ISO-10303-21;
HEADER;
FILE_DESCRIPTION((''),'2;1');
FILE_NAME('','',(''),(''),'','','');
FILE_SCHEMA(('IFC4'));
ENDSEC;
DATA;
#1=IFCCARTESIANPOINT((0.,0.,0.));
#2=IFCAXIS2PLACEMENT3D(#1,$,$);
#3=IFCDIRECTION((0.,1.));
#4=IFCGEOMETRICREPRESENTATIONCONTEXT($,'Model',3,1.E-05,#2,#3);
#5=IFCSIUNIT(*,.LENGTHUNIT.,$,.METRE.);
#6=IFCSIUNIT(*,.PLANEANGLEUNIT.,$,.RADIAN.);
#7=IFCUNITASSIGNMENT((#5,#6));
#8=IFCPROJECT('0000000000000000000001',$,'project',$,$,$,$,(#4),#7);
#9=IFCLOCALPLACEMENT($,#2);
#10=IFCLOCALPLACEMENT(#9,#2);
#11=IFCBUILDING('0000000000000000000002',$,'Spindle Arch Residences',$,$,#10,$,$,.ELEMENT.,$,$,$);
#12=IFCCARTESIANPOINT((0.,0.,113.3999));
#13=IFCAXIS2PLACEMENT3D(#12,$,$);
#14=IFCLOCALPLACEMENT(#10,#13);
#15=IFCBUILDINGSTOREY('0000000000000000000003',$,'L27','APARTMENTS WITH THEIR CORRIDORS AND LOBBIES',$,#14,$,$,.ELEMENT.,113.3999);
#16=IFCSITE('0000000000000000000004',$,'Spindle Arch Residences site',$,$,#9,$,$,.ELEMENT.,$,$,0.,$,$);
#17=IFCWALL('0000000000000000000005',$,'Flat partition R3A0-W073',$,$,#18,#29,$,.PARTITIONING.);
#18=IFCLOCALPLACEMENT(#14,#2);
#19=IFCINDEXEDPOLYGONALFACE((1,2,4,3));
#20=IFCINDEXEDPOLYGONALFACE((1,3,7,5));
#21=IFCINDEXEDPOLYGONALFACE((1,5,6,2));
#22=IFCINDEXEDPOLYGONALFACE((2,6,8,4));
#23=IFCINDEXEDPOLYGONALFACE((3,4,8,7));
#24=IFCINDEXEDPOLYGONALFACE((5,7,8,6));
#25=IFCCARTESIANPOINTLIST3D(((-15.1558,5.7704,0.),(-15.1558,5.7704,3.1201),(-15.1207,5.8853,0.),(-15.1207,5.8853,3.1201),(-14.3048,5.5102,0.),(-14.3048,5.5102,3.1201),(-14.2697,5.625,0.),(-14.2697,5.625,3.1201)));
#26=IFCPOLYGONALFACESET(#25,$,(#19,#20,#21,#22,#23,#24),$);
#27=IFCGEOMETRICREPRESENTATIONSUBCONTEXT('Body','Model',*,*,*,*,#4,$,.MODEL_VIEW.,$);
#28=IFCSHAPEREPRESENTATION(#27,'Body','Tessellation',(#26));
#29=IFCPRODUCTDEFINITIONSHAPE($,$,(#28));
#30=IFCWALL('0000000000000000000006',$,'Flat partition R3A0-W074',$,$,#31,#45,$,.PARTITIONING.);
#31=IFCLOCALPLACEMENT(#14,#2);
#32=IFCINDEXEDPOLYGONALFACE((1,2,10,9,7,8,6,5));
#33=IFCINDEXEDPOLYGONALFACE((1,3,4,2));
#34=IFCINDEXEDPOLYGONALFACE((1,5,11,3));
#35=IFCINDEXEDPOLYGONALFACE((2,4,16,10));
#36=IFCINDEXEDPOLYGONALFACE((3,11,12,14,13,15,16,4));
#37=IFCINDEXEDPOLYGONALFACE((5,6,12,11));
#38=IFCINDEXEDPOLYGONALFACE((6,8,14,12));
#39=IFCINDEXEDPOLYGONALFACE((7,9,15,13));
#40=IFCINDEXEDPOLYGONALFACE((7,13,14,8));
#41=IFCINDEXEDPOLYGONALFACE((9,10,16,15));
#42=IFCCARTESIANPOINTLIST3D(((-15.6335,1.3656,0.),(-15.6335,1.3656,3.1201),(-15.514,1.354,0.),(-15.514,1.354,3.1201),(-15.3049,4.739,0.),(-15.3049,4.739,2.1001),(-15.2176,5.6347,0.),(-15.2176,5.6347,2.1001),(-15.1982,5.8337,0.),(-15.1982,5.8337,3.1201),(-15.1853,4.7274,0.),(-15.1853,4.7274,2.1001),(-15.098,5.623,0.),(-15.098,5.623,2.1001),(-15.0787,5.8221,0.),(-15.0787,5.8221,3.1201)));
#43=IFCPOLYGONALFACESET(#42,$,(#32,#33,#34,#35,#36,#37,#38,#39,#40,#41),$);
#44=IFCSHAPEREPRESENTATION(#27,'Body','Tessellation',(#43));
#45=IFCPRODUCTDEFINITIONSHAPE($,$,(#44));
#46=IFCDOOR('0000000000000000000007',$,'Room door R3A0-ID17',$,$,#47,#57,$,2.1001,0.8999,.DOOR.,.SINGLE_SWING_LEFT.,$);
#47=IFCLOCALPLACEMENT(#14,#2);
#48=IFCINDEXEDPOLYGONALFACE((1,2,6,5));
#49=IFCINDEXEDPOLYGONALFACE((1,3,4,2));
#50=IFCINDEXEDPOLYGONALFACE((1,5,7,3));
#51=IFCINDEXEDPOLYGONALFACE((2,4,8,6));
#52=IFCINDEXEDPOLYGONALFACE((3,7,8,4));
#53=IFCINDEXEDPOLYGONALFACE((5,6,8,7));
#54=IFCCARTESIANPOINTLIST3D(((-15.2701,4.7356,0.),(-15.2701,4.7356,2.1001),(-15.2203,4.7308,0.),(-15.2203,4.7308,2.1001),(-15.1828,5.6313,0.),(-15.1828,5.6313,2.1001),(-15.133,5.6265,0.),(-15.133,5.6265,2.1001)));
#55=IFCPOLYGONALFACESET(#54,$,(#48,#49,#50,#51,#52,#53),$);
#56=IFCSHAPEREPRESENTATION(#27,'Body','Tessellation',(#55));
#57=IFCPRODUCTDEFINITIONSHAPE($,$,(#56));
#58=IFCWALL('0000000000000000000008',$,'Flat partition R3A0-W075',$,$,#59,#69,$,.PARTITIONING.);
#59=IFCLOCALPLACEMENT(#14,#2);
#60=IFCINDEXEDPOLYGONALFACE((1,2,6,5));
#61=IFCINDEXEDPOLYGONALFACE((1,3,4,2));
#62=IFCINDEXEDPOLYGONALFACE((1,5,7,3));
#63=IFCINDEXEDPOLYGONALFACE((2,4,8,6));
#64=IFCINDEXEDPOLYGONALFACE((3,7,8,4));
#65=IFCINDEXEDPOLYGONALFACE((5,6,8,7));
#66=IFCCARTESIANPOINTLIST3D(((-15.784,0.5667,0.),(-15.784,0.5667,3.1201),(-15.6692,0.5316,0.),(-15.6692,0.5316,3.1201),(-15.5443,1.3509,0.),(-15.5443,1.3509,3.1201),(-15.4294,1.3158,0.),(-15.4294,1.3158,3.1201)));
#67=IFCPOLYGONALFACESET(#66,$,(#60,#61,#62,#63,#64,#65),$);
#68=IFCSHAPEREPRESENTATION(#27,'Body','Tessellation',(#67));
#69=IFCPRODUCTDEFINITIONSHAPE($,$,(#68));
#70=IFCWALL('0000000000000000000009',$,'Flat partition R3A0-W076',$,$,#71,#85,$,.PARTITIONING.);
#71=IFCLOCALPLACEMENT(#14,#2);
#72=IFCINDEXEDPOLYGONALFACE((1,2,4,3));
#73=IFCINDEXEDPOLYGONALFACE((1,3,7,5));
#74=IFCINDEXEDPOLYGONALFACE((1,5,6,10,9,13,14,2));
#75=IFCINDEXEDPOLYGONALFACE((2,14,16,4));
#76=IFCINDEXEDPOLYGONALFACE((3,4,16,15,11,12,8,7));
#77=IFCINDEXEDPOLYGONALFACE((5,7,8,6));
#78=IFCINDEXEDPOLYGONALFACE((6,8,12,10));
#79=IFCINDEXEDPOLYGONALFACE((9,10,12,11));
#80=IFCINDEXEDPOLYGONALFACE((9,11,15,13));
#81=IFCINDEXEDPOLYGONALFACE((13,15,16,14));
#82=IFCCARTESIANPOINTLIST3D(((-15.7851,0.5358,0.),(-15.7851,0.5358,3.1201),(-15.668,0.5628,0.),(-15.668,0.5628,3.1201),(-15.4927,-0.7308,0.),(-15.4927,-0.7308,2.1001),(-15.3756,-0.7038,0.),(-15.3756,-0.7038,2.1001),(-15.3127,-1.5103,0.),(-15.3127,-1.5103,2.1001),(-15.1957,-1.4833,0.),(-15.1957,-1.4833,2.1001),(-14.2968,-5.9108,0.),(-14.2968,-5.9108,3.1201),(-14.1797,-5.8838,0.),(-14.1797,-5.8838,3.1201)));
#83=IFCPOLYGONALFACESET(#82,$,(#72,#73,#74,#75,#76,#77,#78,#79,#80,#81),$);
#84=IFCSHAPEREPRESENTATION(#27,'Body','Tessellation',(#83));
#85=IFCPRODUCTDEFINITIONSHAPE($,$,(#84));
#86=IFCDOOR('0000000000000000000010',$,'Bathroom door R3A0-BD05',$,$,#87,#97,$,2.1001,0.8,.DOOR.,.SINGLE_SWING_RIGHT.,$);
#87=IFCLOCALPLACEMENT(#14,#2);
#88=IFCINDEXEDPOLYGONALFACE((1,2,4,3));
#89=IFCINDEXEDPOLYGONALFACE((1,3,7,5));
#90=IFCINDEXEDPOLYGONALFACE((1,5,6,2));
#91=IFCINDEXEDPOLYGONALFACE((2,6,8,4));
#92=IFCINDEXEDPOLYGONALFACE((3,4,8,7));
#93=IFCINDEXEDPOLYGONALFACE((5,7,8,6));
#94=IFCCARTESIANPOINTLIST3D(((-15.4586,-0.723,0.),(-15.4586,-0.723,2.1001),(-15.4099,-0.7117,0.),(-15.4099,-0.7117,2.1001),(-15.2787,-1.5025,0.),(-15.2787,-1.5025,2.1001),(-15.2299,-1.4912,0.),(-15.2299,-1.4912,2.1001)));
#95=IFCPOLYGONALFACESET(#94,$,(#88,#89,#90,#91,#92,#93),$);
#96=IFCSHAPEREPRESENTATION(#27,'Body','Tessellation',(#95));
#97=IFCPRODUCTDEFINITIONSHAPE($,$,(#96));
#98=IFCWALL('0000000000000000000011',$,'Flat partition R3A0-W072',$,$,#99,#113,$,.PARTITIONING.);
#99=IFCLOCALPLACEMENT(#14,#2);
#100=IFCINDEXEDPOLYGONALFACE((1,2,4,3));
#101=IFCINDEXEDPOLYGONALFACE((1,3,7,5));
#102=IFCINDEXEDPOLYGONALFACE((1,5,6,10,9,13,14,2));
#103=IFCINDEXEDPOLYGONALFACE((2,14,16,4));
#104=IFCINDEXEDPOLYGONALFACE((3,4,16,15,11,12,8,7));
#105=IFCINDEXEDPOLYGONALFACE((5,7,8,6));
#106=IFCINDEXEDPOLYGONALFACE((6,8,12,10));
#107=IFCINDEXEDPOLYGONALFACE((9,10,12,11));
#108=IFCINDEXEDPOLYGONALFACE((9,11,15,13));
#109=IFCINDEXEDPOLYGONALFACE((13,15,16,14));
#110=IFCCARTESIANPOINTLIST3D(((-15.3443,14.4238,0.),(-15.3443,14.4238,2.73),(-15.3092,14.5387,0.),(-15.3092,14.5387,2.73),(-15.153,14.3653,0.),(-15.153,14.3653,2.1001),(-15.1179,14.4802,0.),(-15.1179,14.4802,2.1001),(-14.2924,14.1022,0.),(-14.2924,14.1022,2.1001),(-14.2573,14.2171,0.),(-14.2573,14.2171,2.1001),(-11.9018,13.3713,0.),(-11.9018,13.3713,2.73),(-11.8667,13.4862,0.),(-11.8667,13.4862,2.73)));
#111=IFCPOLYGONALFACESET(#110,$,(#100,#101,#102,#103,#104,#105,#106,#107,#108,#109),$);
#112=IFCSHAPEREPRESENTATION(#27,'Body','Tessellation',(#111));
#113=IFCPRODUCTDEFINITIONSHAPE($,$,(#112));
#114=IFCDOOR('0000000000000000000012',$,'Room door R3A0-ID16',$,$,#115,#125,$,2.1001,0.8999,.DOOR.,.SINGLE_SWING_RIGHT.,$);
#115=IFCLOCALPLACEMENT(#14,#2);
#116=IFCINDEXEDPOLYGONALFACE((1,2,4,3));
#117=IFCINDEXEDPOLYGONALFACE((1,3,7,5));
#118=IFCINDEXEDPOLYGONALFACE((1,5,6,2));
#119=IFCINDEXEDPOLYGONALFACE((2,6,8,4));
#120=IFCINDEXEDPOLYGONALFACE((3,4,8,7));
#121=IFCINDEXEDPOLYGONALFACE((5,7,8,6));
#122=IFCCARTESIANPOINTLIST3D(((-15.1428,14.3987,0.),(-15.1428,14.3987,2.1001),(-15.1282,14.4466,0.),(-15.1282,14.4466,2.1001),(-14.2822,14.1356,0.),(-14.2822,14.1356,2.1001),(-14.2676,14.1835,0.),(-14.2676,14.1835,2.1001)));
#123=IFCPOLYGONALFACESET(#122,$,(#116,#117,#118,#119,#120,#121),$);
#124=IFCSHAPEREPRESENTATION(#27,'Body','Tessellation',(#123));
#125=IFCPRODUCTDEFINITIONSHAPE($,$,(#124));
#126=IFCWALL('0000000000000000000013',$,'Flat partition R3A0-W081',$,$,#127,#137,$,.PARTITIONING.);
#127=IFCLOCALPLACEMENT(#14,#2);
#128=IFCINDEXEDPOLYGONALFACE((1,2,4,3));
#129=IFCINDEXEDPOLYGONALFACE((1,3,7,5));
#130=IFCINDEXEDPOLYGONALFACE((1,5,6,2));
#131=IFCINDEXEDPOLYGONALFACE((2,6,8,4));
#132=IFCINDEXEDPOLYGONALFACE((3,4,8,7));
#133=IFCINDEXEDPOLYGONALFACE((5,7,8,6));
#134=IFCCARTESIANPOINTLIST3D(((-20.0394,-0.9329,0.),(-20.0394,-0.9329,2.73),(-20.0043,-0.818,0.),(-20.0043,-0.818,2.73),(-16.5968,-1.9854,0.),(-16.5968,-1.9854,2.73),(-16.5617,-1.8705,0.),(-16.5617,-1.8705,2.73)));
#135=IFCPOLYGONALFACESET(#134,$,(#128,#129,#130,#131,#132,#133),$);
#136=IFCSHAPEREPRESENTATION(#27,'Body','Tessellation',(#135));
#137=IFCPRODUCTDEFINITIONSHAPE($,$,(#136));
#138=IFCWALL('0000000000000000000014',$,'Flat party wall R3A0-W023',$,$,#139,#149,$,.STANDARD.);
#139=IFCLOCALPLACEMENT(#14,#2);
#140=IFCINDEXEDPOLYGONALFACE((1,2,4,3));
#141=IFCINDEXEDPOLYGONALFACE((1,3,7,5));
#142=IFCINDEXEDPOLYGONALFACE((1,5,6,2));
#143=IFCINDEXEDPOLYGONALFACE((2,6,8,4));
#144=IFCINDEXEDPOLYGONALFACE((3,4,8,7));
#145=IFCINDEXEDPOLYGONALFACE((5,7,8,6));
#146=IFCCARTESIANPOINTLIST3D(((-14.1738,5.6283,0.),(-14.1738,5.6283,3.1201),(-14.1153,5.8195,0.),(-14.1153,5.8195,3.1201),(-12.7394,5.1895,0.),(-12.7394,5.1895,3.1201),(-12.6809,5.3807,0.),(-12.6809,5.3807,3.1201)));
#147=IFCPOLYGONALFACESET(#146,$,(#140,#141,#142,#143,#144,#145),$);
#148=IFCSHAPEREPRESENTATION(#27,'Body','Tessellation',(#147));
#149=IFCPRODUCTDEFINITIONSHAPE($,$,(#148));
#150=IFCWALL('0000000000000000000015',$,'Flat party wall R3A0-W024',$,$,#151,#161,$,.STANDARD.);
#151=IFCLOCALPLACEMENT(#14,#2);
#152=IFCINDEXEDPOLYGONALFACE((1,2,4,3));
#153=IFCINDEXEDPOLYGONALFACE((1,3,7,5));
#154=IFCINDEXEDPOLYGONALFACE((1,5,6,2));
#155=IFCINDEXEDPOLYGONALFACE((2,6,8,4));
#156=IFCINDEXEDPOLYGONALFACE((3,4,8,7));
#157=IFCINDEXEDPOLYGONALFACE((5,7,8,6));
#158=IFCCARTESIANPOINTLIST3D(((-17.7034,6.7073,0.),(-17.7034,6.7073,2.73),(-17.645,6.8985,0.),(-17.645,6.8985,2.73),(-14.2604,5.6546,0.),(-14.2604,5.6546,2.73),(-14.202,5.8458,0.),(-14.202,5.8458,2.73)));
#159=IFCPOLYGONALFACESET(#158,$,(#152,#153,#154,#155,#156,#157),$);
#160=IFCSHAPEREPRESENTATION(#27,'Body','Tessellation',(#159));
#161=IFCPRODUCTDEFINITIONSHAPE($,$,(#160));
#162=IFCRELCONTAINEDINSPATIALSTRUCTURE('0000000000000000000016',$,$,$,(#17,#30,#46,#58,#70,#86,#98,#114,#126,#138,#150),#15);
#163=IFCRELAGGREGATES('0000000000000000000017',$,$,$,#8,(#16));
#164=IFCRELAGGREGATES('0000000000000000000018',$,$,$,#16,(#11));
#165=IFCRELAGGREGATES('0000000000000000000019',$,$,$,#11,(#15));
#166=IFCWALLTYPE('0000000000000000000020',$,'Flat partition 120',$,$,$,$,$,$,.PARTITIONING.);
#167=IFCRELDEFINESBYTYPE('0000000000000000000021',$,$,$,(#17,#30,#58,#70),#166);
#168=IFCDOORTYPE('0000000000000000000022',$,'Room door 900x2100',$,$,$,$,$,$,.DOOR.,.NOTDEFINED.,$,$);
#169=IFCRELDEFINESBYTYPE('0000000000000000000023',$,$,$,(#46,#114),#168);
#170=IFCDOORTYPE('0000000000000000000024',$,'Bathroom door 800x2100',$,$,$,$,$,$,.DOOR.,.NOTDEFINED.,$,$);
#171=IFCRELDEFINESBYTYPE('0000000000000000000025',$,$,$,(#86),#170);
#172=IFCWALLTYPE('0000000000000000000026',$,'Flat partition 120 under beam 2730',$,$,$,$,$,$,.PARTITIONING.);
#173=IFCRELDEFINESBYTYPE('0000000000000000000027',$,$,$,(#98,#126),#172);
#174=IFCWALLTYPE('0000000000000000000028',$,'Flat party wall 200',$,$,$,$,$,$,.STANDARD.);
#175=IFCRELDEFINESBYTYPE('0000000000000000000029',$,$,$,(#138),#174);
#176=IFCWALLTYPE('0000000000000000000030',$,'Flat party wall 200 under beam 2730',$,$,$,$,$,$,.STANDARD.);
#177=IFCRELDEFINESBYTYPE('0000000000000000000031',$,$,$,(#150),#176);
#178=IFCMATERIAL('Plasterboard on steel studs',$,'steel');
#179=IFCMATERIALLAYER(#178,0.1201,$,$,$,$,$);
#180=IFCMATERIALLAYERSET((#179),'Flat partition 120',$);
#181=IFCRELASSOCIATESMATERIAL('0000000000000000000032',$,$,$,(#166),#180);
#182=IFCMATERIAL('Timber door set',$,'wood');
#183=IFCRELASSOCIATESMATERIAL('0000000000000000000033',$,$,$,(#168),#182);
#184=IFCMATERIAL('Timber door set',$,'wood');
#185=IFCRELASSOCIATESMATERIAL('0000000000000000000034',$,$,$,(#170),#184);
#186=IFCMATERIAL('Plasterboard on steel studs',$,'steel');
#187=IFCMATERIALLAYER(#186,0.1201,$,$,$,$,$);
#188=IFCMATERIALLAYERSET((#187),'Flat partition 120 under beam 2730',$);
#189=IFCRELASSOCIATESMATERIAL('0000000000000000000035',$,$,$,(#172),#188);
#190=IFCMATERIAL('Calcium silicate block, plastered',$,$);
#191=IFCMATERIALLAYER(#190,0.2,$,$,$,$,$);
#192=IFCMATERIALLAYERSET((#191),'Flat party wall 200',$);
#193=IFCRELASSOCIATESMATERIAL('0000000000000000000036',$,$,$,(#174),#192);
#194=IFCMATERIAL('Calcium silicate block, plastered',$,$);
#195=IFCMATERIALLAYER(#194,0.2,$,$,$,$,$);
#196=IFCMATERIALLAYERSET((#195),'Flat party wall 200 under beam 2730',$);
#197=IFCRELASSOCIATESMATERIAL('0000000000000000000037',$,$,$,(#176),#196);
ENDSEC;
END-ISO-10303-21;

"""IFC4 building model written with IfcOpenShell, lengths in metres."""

from ifc_helpers import new_model, si_unit, direction, frame, frame_2d, origin, place, context, subcontext, project, spatial, rectangle, extrude, material, layer, layer_set, type_object, element, fill, save


model = new_model("IFC4")

# Units and contexts
model_context = context("Model", 3, precision=1e-05, world=origin(), true_north=direction((0.0, 1.0)))
body_context = subcontext(model_context, "Body", "Model", "MODEL_VIEW")
ifc_project = project(units=[si_unit("LENGTHUNIT", "METRE"), si_unit("PLANEANGLEUNIT", "RADIAN")], contexts=[model_context])

# Site, building, storey
site_placement = place(None, origin())
site = spatial("IfcSite", under=ifc_project, at=site_placement, Name="Spindle Arch Residences site", CompositionType="ELEMENT", RefElevation=0.0)
building_placement = place(site_placement, origin())
building = spatial("IfcBuilding", under=site, at=building_placement, Name="Spindle Arch Residences", CompositionType="ELEMENT")
storey_placement = place(building_placement, frame((0.0, 0.0, 113.3999)))
storey = spatial("IfcBuildingStorey", under=building, at=storey_placement, Name="L27", Description="APARTMENTS WITH THEIR CORRIDORS AND LOBBIES", CompositionType="ELEMENT", Elevation=113.3999)

# Wall
ifc_material_1 = material(Name="Plasterboard on steel studs", Category="steel")
ifc_layer_1 = layer(ifc_material_1, 0.1201)
ifc_layer_set_1 = layer_set([ifc_layer_1], Name="Flat partition 120")
wall_type_1 = type_object("IfcWallType", Name="Flat partition 120", PredefinedType="PARTITIONING", material=ifc_layer_set_1)
wall_1_placement = place(storey_placement, frame((-14.2874, 5.5676, 0.0), z_axis=(0.0, 0.0, 1.0), x_axis=(-0.956288, 0.292428, 0.0)))
element("IfcWall", 1, at=wall_1_placement, inside=storey, type_object=wall_type_1, Name="Flat partition R3A0-W073", PredefinedType="PARTITIONING", context=body_context, shape_type="SweptSolid", body=[
    extrude(rectangle(XDim=0.8899, YDim=0.1201, at=frame_2d((0.4448, 0.0))), origin(), (0.0, 0.0, 1.0), 3.1201),
])

# Wall, opening, door
wall_2_placement = place(storey_placement, frame((-15.1384, 5.8279, 0.0), z_axis=(0.0, 0.0, 1.0), x_axis=(-0.096967, -0.995288, 0.0)))
wall_2 = element("IfcWall", 2, at=wall_2_placement, inside=storey, type_object=wall_type_1, Name="Flat partition R3A0-W074", PredefinedType="PARTITIONING", context=body_context, shape_type="SweptSolid", body=[
    extrude(rectangle(XDim=4.4893, YDim=0.1201, at=frame_2d((2.2446, 0.0))), origin(), (0.0, 0.0, 1.0), 3.1201),
])
opening_1_placement = place(wall_2_placement, frame((0.2, 0.0, 0.0)))
opening_1 = element("IfcOpeningElement", 3, at=opening_1_placement, cuts=wall_2, PredefinedType="OPENING", context=body_context, shape_type="SweptSolid", body=[
    extrude(rectangle(XDim=0.8999, YDim=2.1001, at=frame_2d((0.45, 1.05))), frame((0.0, 0.0701, 0.0), z_axis=(0.0, -1.0, 0.0), x_axis=(1.0, 0.0, 0.0)), (0.0, 0.0, 1.0), 0.1401),
])
ifc_material_2 = material(Name="Timber door set", Category="wood")
door_type_1 = type_object("IfcDoorType", Name="Room door 900x2100", OperationType="NOTDEFINED", PredefinedType="DOOR", material=ifc_material_2)
door_1_placement = place(opening_1_placement, origin())
door_1 = element("IfcDoor", 4, at=door_1_placement, inside=storey, type_object=door_type_1, Name="Room door R3A0-ID17", OperationType="SINGLE_SWING_LEFT", OverallHeight=2.1001, OverallWidth=0.8999, PredefinedType="DOOR", context=body_context, shape_type="SweptSolid", body=[
    extrude(rectangle(XDim=0.8999, YDim=2.1001, at=frame_2d((0.45, 1.05))), frame((0.0, 0.0249, 0.0), z_axis=(0.0, -1.0, 0.0), x_axis=(1.0, 0.0, 0.0)), (0.0, 0.0, 1.0), 0.05),
])
fill(opening_1, door_1)

# Wall
wall_3_placement = place(storey_placement, frame((-15.4868, 1.3335, 0.0), z_axis=(0.0, 0.0, 1.0), x_axis=(-0.29237, -0.956305, 0.0)))
element("IfcWall", 5, at=wall_3_placement, inside=storey, type_object=wall_type_1, Name="Flat partition R3A0-W075", PredefinedType="PARTITIONING", context=body_context, shape_type="SweptSolid", body=[
    extrude(rectangle(XDim=0.8201, YDim=0.1201, at=frame_2d((0.4102, 0.0))), origin(), (0.0, 0.0, 1.0), 3.1201),
])

# Walls, openings, doors
wall_4_placement = place(storey_placement, frame((-15.7266, 0.5493, 0.0), z_axis=(0.0, 0.0, 1.0), x_axis=(0.224948, -0.974371, 0.0)))
wall_4 = element("IfcWall", 6, at=wall_4_placement, inside=storey, type_object=wall_type_1, Name="Flat partition R3A0-W076", PredefinedType="PARTITIONING", context=body_context, shape_type="SweptSolid", body=[
    extrude(rectangle(XDim=6.6162, YDim=0.1201, at=frame_2d((3.3081, 0.0))), origin(), (0.0, 0.0, 1.0), 3.1201),
])
opening_2_placement = place(wall_4_placement, frame((1.3, 0.0, 0.0)))
opening_2 = element("IfcOpeningElement", 7, at=opening_2_placement, cuts=wall_4, PredefinedType="OPENING", context=body_context, shape_type="SweptSolid", body=[
    extrude(rectangle(XDim=0.8, YDim=2.1001, at=frame_2d((0.3999, 1.05))), frame((0.0, 0.0701, 0.0), z_axis=(0.0, -1.0, 0.0), x_axis=(1.0, 0.0, 0.0)), (0.0, 0.0, 1.0), 0.1401),
])
ifc_material_3 = material(Name="Timber door set", Category="wood")
door_type_2 = type_object("IfcDoorType", Name="Bathroom door 800x2100", OperationType="NOTDEFINED", PredefinedType="DOOR", material=ifc_material_3)
door_2_placement = place(opening_2_placement, origin())
door_2 = element("IfcDoor", 8, at=door_2_placement, inside=storey, type_object=door_type_2, Name="Bathroom door R3A0-BD05", OperationType="SINGLE_SWING_RIGHT", OverallHeight=2.1001, OverallWidth=0.8, PredefinedType="DOOR", context=body_context, shape_type="SweptSolid", body=[
    extrude(rectangle(XDim=0.8, YDim=2.1001, at=frame_2d((0.3999, 1.05))), frame((0.0, 0.0249, 0.0), z_axis=(0.0, -1.0, 0.0), x_axis=(1.0, 0.0, 0.0)), (0.0, 0.0, 1.0), 0.05),
])
fill(opening_2, door_2)
ifc_material_4 = material(Name="Plasterboard on steel studs", Category="steel")
ifc_layer_2 = layer(ifc_material_4, 0.1201)
ifc_layer_set_2 = layer_set([ifc_layer_2], Name="Flat partition 120 under beam 2730")
wall_type_2 = type_object("IfcWallType", Name="Flat partition 120 under beam 2730", PredefinedType="PARTITIONING", material=ifc_layer_set_2)
wall_5_placement = place(storey_placement, frame((-15.3267, 14.4812, 0.0), z_axis=(0.0, 0.0, 1.0), x_axis=(0.956307, -0.292365, 0.0)))
wall_5 = element("IfcWall", 9, at=wall_5_placement, inside=storey, type_object=wall_type_2, Name="Flat partition R3A0-W072", PredefinedType="PARTITIONING", context=body_context, shape_type="SweptSolid", body=[
    extrude(rectangle(XDim=3.5999, YDim=0.1201, at=frame_2d((1.7998, 0.0))), origin(), (0.0, 0.0, 1.0), 2.73),
])
opening_3_placement = place(wall_5_placement, frame((0.2, 0.0, 0.0)))
opening_3 = element("IfcOpeningElement", 10, at=opening_3_placement, cuts=wall_5, PredefinedType="OPENING", context=body_context, shape_type="SweptSolid", body=[
    extrude(rectangle(XDim=0.8999, YDim=2.1001, at=frame_2d((0.45, 1.05))), frame((0.0, 0.0701, 0.0), z_axis=(0.0, -1.0, 0.0), x_axis=(1.0, 0.0, 0.0)), (0.0, 0.0, 1.0), 0.1401),
])
door_3_placement = place(opening_3_placement, origin())
door_3 = element("IfcDoor", 11, at=door_3_placement, inside=storey, type_object=door_type_1, Name="Room door R3A0-ID16", OperationType="SINGLE_SWING_RIGHT", OverallHeight=2.1001, OverallWidth=0.8999, PredefinedType="DOOR", context=body_context, shape_type="SweptSolid", body=[
    extrude(rectangle(XDim=0.8999, YDim=2.1001, at=frame_2d((0.45, 1.05))), frame((0.0, 0.0249, 0.0), z_axis=(0.0, -1.0, 0.0), x_axis=(1.0, 0.0, 0.0)), (0.0, 0.0, 1.0), 0.05),
])
fill(opening_3, door_3)

# Walls
wall_6_placement = place(storey_placement, frame((-20.0217, -0.8755, 0.0), z_axis=(0.0, 0.0, 1.0), x_axis=(0.956307, -0.292365, 0.0)))
element("IfcWall", 12, at=wall_6_placement, inside=storey, type_object=wall_type_2, Name="Flat partition R3A0-W081", PredefinedType="PARTITIONING", context=body_context, shape_type="SweptSolid", body=[
    extrude(rectangle(XDim=3.5999, YDim=0.1201, at=frame_2d((1.7998, 0.0))), origin(), (0.0, 0.0, 1.0), 2.73),
])
ifc_material_5 = material(Name="Calcium silicate block, plastered")
ifc_layer_3 = layer(ifc_material_5, 0.2)
ifc_layer_set_3 = layer_set([ifc_layer_3], Name="Flat party wall 200")
wall_type_3 = type_object("IfcWallType", Name="Flat party wall 200", PredefinedType="STANDARD", material=ifc_layer_set_3)
wall_7_placement = place(storey_placement, frame((-14.1445, 5.7239, 0.0), z_axis=(0.0, 0.0, 1.0), x_axis=(0.956267, -0.292496, 0.0)))
element("IfcWall", 13, at=wall_7_placement, inside=storey, type_object=wall_type_3, Name="Flat party wall R3A0-W023", PredefinedType="STANDARD", context=body_context, shape_type="SweptSolid", body=[
    extrude(rectangle(XDim=1.5, YDim=0.2, at=frame_2d((0.75, 0.0))), origin(), (0.0, 0.0, 1.0), 3.1201),
])
ifc_material_6 = material(Name="Calcium silicate block, plastered")
ifc_layer_4 = layer(ifc_material_6, 0.2)
ifc_layer_set_4 = layer_set([ifc_layer_4], Name="Flat party wall 200 under beam 2730")
wall_type_4 = type_object("IfcWallType", Name="Flat party wall 200 under beam 2730", PredefinedType="STANDARD", material=ifc_layer_set_4)
wall_8_placement = place(storey_placement, frame((-17.6743, 6.803, 0.0), z_axis=(0.0, 0.0, 1.0), x_axis=(0.956294, -0.292408, 0.0)))
element("IfcWall", 14, at=wall_8_placement, inside=storey, type_object=wall_type_4, Name="Flat party wall R3A0-W024", PredefinedType="STANDARD", context=body_context, shape_type="SweptSolid", body=[
    extrude(rectangle(XDim=3.6003, YDim=0.2, at=frame_2d((1.8003, 0.0))), origin(), (0.0, 0.0, 1.0), 2.73),
])

save(model, "model.ifc")
